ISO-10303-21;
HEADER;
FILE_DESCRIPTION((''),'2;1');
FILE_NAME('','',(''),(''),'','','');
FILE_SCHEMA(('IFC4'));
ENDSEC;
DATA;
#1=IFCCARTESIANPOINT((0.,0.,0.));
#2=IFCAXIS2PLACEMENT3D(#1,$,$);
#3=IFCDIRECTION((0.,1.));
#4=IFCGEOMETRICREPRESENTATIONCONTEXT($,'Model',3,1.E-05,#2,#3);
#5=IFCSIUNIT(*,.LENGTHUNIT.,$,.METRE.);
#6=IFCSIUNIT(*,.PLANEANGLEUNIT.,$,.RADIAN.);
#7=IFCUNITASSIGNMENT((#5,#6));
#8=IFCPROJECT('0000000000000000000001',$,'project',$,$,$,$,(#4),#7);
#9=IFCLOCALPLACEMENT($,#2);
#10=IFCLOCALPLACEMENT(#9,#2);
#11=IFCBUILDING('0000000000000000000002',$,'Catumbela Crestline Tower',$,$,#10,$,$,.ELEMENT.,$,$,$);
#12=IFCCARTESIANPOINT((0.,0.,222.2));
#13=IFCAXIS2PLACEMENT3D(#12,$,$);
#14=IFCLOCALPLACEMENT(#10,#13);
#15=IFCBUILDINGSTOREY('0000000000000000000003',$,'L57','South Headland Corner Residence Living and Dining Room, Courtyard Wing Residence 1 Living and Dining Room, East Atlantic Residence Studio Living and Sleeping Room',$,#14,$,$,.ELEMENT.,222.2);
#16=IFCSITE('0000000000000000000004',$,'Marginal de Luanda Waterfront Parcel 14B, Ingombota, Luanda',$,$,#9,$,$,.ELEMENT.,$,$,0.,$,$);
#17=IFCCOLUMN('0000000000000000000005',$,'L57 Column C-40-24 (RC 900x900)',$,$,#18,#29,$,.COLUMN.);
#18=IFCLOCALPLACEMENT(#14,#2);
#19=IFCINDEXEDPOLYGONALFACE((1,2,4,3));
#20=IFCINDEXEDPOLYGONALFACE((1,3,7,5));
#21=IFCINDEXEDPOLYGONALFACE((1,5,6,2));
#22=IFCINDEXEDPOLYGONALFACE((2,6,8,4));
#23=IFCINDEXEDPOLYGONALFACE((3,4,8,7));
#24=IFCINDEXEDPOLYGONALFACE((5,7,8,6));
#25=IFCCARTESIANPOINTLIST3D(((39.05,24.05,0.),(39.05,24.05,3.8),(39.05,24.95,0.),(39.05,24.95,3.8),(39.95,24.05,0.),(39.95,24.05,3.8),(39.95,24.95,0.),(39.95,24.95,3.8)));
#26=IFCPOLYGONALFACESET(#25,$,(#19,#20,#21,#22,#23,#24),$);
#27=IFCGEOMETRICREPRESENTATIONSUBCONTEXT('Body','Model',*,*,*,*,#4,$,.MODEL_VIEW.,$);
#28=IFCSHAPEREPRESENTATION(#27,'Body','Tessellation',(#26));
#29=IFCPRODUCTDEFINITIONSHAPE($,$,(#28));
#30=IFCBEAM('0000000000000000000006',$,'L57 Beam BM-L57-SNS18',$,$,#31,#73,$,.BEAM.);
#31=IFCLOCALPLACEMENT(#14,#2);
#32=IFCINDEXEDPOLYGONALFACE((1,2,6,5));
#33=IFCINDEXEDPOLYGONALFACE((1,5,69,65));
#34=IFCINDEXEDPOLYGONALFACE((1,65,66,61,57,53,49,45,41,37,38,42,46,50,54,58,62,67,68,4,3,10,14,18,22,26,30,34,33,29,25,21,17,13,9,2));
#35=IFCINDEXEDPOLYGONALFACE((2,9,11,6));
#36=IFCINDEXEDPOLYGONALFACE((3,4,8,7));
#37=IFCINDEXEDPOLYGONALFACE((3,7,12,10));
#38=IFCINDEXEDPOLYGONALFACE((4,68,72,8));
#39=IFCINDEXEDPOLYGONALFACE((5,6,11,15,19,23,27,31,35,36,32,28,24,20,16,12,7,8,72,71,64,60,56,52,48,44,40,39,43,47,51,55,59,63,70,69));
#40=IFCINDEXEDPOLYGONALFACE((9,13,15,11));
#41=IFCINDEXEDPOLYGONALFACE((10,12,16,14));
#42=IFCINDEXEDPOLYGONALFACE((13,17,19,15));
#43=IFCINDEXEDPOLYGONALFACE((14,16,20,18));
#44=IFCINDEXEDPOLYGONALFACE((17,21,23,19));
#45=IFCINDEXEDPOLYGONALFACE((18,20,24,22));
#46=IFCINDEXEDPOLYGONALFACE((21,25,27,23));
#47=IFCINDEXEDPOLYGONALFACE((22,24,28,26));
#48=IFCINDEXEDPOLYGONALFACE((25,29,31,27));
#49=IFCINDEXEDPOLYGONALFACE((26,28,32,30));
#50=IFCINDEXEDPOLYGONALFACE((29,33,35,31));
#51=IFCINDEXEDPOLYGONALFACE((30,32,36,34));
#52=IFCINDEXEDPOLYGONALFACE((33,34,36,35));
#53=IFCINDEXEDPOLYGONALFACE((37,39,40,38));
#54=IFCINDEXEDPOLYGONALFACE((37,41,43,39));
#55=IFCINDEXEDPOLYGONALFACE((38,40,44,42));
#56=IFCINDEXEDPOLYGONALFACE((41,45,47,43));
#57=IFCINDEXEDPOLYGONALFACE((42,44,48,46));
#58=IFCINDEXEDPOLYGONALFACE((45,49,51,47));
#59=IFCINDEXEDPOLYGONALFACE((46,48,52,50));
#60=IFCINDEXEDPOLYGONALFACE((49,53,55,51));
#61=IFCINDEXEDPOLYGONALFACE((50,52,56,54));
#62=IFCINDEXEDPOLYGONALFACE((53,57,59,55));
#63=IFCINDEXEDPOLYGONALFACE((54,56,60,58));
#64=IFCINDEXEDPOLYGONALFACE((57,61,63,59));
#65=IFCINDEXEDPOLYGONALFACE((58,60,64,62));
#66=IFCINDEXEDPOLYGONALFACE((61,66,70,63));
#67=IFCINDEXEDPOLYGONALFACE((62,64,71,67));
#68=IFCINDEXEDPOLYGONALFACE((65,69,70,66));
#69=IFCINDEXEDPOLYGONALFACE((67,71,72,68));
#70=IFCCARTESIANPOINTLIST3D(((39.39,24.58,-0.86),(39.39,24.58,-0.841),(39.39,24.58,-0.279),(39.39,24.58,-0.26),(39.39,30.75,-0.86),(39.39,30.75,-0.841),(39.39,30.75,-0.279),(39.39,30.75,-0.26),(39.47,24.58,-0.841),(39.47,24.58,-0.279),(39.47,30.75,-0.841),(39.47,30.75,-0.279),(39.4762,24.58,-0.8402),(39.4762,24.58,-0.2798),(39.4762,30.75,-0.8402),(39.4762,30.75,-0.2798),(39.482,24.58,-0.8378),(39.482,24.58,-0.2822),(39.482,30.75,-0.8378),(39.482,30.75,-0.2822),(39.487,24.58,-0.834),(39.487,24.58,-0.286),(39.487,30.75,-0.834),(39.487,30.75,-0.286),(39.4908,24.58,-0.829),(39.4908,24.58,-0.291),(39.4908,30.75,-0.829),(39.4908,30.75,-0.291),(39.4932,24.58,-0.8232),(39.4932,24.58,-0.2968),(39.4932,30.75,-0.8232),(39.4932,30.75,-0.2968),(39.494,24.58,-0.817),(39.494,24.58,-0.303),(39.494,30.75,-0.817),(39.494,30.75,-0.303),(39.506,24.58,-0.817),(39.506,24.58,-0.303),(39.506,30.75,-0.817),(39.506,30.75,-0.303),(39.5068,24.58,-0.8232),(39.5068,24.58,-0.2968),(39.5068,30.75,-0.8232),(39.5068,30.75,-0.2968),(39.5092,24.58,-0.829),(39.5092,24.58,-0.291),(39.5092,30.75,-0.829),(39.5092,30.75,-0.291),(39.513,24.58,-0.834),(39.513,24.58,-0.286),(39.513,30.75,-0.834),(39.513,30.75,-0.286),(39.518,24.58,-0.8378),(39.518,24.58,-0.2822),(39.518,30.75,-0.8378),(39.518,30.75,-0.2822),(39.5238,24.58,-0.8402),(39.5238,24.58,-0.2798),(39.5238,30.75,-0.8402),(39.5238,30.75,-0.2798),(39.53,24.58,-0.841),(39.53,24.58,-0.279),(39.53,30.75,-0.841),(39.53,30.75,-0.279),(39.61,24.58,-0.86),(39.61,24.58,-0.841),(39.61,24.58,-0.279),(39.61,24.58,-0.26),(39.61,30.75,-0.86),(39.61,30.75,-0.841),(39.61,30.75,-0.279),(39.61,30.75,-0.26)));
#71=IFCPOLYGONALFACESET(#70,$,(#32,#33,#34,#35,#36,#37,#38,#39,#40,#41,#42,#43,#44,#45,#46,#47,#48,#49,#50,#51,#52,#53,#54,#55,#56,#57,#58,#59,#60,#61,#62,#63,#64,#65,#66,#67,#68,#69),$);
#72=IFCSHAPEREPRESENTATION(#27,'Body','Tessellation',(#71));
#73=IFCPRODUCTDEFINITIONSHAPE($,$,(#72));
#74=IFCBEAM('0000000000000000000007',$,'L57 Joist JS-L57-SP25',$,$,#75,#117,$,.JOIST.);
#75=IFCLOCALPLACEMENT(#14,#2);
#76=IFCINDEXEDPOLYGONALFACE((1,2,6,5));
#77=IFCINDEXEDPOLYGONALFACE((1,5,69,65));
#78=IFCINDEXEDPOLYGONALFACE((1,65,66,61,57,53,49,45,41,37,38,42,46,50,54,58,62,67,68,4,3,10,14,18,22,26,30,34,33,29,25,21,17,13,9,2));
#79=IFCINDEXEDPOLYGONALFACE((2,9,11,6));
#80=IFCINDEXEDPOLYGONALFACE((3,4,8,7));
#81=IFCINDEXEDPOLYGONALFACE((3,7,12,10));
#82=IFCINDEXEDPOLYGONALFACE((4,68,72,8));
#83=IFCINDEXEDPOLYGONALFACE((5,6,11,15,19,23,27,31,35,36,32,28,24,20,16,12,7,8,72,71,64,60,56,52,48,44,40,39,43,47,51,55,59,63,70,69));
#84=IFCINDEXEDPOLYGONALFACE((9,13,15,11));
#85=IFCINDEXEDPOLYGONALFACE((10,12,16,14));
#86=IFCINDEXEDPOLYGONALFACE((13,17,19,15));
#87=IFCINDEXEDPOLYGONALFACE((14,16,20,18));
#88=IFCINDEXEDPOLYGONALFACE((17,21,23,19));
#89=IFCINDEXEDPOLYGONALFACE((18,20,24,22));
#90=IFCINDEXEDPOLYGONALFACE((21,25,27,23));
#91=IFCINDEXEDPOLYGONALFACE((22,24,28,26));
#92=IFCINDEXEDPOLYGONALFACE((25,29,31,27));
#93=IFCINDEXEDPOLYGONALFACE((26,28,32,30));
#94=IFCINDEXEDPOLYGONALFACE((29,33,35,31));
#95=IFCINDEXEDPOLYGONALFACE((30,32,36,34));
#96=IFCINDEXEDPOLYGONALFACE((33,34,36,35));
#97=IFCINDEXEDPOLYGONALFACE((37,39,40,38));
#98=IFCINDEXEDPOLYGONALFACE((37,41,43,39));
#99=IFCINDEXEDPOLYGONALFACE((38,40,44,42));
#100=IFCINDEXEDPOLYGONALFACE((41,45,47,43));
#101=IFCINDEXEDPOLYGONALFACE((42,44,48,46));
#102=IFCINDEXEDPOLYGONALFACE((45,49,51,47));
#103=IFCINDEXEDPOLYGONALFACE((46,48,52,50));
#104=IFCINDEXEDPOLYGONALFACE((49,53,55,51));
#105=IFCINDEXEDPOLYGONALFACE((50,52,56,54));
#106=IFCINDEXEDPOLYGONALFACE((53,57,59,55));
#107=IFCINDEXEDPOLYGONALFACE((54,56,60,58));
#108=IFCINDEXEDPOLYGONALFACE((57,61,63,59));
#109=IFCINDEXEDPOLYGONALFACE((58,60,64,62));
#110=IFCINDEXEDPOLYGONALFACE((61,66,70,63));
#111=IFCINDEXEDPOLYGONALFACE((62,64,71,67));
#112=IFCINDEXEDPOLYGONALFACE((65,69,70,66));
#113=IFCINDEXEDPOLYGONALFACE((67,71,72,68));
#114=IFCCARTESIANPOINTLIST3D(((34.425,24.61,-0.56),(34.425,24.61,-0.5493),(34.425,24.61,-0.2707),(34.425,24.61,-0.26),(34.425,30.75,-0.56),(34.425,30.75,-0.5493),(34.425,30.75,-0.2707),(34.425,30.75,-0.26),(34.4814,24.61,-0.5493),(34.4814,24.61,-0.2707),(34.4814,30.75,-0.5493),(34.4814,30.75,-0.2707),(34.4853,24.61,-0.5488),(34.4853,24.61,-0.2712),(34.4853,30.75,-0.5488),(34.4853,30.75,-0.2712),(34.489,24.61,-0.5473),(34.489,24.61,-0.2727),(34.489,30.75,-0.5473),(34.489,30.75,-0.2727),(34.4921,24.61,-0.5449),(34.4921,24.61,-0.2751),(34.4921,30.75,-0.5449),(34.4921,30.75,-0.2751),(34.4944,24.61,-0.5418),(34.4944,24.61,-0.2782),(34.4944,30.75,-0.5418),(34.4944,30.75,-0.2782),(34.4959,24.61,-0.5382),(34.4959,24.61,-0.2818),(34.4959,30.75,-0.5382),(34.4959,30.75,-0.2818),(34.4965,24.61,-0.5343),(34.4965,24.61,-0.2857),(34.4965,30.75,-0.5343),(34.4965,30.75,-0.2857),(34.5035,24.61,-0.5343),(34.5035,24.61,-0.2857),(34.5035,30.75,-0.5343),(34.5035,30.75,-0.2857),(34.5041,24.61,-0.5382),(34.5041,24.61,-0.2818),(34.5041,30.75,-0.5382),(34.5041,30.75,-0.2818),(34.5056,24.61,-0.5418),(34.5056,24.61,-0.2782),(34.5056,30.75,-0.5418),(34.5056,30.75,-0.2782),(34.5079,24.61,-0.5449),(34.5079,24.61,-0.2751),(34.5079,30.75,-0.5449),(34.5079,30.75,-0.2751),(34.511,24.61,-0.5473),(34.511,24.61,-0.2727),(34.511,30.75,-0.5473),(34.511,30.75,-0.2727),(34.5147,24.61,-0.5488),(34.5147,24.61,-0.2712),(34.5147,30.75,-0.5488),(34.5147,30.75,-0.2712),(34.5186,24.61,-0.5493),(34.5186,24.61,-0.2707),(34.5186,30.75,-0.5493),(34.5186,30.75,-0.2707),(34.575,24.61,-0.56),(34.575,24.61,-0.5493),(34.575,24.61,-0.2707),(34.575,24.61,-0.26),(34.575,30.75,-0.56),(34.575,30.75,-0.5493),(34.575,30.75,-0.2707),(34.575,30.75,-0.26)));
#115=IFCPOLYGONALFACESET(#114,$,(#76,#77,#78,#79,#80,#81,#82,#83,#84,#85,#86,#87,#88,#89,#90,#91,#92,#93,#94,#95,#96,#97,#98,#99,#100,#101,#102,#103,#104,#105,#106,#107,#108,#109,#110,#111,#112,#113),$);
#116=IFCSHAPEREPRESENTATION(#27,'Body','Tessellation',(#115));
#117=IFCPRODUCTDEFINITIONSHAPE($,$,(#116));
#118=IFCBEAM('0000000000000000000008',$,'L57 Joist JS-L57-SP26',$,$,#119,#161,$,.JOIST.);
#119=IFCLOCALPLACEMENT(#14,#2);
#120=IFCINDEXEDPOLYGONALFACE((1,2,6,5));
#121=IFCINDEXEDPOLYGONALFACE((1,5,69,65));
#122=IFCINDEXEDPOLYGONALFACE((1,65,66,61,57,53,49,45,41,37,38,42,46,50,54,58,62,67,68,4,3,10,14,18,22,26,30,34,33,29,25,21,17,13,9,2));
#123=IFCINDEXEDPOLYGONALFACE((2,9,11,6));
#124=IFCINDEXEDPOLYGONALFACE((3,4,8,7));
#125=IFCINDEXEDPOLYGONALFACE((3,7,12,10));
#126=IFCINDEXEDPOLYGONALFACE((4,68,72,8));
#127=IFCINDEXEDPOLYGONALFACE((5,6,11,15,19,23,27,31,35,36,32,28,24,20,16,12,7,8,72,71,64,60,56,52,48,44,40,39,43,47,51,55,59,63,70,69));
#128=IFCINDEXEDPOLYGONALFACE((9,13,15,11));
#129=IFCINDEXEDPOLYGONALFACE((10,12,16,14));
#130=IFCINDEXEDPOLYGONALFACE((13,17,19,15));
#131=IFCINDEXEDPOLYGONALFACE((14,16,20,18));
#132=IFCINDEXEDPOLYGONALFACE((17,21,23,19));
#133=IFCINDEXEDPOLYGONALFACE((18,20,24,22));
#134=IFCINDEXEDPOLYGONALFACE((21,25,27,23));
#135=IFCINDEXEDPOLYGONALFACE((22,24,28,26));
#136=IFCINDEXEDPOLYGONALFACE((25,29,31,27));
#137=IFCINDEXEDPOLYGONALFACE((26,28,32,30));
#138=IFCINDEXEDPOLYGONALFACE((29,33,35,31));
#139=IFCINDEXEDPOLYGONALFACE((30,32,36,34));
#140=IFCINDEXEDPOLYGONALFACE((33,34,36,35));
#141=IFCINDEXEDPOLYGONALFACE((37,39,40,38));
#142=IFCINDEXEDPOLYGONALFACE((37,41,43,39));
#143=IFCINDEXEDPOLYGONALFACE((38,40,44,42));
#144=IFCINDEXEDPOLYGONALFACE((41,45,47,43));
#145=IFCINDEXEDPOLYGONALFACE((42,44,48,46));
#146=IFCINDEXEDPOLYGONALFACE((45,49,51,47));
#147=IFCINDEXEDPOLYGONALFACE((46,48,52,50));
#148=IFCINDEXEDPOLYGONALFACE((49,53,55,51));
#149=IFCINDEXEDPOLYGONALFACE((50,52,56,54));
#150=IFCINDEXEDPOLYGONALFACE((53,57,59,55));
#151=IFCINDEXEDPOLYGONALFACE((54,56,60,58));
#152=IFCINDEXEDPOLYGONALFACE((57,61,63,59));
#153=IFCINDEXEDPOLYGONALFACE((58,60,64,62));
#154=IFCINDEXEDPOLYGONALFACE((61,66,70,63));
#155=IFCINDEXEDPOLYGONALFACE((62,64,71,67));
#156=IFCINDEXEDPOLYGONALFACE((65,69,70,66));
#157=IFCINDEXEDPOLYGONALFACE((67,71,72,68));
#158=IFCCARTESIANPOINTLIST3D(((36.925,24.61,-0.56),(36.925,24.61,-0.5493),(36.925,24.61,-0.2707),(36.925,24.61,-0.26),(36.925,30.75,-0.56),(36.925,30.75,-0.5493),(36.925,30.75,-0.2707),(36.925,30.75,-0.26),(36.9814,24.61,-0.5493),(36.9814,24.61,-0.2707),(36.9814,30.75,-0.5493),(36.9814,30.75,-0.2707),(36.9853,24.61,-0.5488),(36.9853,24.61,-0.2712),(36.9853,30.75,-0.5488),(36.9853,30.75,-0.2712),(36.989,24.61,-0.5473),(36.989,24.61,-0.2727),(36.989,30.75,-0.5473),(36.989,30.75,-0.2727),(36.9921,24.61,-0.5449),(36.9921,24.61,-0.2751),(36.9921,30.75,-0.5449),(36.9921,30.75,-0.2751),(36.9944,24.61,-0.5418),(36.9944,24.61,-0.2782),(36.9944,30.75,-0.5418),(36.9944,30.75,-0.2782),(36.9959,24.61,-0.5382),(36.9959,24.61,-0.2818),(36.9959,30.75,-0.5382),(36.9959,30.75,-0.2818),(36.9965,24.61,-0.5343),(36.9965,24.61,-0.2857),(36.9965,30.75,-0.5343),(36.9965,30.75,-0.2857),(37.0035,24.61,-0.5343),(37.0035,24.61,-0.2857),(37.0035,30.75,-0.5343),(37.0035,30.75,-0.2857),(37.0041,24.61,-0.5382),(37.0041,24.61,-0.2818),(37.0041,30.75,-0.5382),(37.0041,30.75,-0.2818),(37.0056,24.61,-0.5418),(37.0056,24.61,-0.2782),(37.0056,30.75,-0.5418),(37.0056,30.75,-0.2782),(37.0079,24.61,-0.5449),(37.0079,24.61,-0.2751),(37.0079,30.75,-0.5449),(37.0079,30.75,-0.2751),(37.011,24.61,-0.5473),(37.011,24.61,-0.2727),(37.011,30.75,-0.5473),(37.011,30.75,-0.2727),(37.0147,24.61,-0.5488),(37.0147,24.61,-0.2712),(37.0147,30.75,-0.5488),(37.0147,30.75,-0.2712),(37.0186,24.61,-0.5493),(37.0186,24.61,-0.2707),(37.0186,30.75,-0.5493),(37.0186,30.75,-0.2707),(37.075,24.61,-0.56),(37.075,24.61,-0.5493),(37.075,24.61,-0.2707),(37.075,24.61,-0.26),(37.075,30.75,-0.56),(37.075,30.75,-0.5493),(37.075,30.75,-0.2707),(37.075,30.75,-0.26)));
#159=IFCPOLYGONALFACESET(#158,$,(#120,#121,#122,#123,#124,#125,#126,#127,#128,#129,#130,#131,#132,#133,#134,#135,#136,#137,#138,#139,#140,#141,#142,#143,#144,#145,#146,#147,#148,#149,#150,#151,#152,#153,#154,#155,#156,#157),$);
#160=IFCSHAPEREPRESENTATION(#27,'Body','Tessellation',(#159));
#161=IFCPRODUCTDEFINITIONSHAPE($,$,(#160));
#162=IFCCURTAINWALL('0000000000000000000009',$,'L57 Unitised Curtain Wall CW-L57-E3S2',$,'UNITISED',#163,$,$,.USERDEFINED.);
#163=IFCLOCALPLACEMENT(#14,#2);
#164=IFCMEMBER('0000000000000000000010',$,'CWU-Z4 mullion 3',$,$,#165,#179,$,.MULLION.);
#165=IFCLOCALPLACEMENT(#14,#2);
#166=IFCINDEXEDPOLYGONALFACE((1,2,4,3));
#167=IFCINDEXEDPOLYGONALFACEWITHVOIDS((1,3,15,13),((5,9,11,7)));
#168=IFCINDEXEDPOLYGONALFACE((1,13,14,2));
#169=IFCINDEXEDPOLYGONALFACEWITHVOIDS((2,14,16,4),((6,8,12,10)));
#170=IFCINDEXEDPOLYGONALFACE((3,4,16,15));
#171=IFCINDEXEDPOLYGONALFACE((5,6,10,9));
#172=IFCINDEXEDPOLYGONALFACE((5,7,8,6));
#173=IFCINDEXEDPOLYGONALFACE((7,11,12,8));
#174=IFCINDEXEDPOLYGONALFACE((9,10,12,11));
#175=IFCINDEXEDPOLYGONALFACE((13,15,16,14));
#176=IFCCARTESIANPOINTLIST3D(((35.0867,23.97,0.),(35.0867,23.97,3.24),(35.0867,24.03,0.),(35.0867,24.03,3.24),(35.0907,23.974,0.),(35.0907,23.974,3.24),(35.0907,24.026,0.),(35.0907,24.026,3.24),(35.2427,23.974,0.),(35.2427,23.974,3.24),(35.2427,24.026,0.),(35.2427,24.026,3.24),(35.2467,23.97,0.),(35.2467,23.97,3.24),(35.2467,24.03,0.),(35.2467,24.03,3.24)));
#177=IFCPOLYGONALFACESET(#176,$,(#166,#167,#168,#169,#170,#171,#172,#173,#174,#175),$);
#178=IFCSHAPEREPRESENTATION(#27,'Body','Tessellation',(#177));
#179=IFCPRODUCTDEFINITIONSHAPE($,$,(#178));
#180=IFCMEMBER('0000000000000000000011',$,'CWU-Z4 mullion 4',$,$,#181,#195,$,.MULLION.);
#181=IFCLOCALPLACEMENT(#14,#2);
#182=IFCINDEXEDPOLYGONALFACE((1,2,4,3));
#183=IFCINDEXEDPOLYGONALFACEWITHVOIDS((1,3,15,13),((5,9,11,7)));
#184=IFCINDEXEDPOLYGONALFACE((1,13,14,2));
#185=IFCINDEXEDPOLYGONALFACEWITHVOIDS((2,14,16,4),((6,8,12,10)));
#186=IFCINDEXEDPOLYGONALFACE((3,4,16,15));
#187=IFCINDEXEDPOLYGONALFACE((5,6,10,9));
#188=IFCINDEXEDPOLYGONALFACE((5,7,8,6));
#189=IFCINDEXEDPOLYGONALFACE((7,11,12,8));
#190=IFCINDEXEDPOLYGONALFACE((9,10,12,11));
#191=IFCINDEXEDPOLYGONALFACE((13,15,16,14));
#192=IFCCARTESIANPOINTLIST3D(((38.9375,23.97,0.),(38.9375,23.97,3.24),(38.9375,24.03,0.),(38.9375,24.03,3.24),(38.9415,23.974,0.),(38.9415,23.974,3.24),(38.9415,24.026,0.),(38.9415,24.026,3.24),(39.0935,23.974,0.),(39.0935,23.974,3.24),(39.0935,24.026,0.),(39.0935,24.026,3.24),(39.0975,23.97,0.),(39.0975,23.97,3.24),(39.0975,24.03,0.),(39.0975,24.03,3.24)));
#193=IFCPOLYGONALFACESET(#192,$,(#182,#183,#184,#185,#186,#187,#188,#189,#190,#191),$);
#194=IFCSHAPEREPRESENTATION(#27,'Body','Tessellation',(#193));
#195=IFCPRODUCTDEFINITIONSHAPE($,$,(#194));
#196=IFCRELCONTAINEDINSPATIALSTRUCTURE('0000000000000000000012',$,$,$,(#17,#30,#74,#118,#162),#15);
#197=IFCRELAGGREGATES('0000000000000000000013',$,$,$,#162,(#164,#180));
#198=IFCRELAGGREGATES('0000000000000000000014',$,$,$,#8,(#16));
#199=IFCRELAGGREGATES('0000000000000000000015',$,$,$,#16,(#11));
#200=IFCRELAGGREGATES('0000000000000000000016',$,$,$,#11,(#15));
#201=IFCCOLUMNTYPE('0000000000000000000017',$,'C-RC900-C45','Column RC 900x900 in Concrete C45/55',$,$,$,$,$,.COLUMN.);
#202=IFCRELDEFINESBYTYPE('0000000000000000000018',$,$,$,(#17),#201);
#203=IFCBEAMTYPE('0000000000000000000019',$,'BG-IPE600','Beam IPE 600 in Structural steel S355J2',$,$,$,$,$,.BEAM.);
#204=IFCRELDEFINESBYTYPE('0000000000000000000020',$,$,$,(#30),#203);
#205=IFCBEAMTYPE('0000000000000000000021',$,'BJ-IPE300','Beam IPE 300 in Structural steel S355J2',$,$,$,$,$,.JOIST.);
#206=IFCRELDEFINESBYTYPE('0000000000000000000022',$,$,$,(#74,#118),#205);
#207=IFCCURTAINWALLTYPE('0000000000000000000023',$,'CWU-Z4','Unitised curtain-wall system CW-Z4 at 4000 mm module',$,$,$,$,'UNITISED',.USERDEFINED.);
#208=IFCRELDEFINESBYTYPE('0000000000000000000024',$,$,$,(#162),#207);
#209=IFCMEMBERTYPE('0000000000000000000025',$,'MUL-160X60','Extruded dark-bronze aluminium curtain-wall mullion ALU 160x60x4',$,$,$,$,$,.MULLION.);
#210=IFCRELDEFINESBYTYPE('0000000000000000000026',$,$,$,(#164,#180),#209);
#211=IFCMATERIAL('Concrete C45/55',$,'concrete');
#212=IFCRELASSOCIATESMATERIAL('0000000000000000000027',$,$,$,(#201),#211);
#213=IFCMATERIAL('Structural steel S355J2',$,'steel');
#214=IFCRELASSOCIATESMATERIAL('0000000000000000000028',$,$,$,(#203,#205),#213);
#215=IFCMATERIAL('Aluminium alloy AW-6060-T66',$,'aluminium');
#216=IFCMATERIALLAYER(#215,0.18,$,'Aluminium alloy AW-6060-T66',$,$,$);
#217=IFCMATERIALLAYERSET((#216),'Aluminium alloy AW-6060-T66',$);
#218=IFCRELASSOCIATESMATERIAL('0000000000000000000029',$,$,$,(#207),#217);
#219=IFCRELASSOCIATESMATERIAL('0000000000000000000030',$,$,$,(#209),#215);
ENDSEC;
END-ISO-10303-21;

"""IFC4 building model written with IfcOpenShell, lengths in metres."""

from ifc_helpers import new_model, si_unit, direction, frame, origin, origin_2d, place, context, subcontext, project, spatial, rectangle, hollow_rectangle, i_section, extrude, material, layer, layer_set, material_profile, profile_set, type_object, element, aggregate, save


model = new_model("IFC4")

# Units and contexts
model_context = context("Model", 3, precision=1e-05, world=origin(), true_north=direction((0.0, 1.0)))
body_context = subcontext(model_context, "Body", "Model", "MODEL_VIEW")
ifc_project = project(units=[si_unit("LENGTHUNIT", "METRE"), si_unit("PLANEANGLEUNIT", "RADIAN")], contexts=[model_context])

# Site, building, storey
site_placement = place(None, origin())
site = spatial("IfcSite", under=ifc_project, at=site_placement, Name="Marginal de Luanda Waterfront Parcel 14B, Ingombota, Luanda", CompositionType="ELEMENT", RefElevation=0.0)
building_placement = place(site_placement, origin())
building = spatial("IfcBuilding", under=site, at=building_placement, Name="Catumbela Crestline Tower", CompositionType="ELEMENT")
storey_placement = place(building_placement, frame((0.0, 0.0, 222.2)))
storey = spatial("IfcBuildingStorey", under=building, at=storey_placement, Name="L57", Description="South Headland Corner Residence Living and Dining Room, Courtyard Wing Residence 1 Living and Dining Room, East Atlantic Residence Studio Living and Sleeping Room", CompositionType="ELEMENT", Elevation=222.2)

# Column
ifc_material_1 = material(Name="Concrete C45/55", Category="concrete")
ifc_material_profile_1 = material_profile(ifc_material_1, rectangle(XDim=0.9, YDim=0.9, at=origin_2d()), Name="RC 900x900")
ifc_profile_set_1 = profile_set([ifc_material_profile_1], Name="Concrete C45/55")
column_type = type_object("IfcColumnType", Name="C-RC900-C45", Description="Column RC 900x900 in Concrete C45/55", PredefinedType="COLUMN", material=ifc_profile_set_1)
column_placement = place(storey_placement, frame((39.5, 24.5, 0.0), z_axis=(0.0, 0.0, 1.0), x_axis=(1.0, 0.0, 0.0)))
element("IfcColumn", 1, at=column_placement, inside=storey, type_object=column_type, Name="L57 Column C-40-24 (RC 900x900)", PredefinedType="COLUMN", context=body_context, shape_type="SweptSolid", body=[
    extrude(rectangle(XDim=0.9, YDim=0.9, at=origin_2d()), origin(), (0.0, 0.0, 1.0), 3.8),
])

# Beams
ifc_material_2 = material(Name="Structural steel S355J2", Category="steel")
ifc_material_profile_2 = material_profile(ifc_material_2, i_section(OverallWidth=0.22, OverallDepth=0.6, WebThickness=0.012, FlangeThickness=0.019, FilletRadius=0.024, at=origin_2d()), Name="IPE 600")
ifc_profile_set_2 = profile_set([ifc_material_profile_2], Name="Structural steel S355J2")
beam_type_1 = type_object("IfcBeamType", Name="BG-IPE600", Description="Beam IPE 600 in Structural steel S355J2", PredefinedType="BEAM", material=ifc_profile_set_2)
beam_placement = place(storey_placement, frame((39.5, 24.58, -0.56), z_axis=(0.0, 1.0, 0.0), x_axis=(-1.0, 0.0, 0.0)))
element("IfcBeam", 2, at=beam_placement, inside=storey, type_object=beam_type_1, Name="L57 Beam BM-L57-SNS18", PredefinedType="BEAM", context=body_context, shape_type="SweptSolid", body=[
    extrude(i_section(OverallWidth=0.22, OverallDepth=0.6, WebThickness=0.012, FlangeThickness=0.019, FilletRadius=0.024, at=origin_2d()), origin(), (0.0, 0.0, 1.0), 6.17),
])
ifc_material_profile_3 = material_profile(ifc_material_2, i_section(OverallWidth=0.15, OverallDepth=0.3, WebThickness=0.0071, FlangeThickness=0.0107, FilletRadius=0.015, at=origin_2d()), Name="IPE 300")
ifc_profile_set_3 = profile_set([ifc_material_profile_3], Name="Structural steel S355J2")
beam_type_2 = type_object("IfcBeamType", Name="BJ-IPE300", Description="Beam IPE 300 in Structural steel S355J2", PredefinedType="JOIST", material=ifc_profile_set_3)
for number, where, z_axis, x_axis, name in (
    (3, (34.5, 24.61, -0.41), (0.0, 1.0, 0.0), (-1.0, 0.0, 0.0), "L57 Joist JS-L57-SP25"),
    (4, (37.0, 24.61, -0.41), (0.0, 1.0, 0.0), (-1.0, 0.0, 0.0), "L57 Joist JS-L57-SP26"),
):
    element("IfcBeam", number, at=place(storey_placement, frame(where, z_axis=z_axis, x_axis=x_axis)), inside=storey, type_object=beam_type_2, Name=name, PredefinedType="JOIST", context=body_context, shape_type="SweptSolid", body=[
        extrude(i_section(OverallWidth=0.15, OverallDepth=0.3, WebThickness=0.0071, FlangeThickness=0.0107, FilletRadius=0.015, at=origin_2d()), origin(), (0.0, 0.0, 1.0), 6.14),
    ])

# Curtain wall, members
ifc_material_3 = material(Name="Aluminium alloy AW-6060-T66", Category="aluminium")
ifc_layer_1 = layer(ifc_material_3, 0.18, Name="Aluminium alloy AW-6060-T66")
ifc_layer_set_1 = layer_set([ifc_layer_1], Name="Aluminium alloy AW-6060-T66")
curtain_wall_type = type_object("IfcCurtainWallType", Name="CWU-Z4", Description="Unitised curtain-wall system CW-Z4 at 4000 mm module", ElementType="UNITISED", PredefinedType="USERDEFINED", material=ifc_layer_set_1)
curtain_wall_placement = place(storey_placement, origin())
curtain_wall = element("IfcCurtainWall", 5, at=curtain_wall_placement, inside=storey, type_object=curtain_wall_type, Name="L57 Unitised Curtain Wall CW-L57-E3S2", ObjectType="UNITISED", PredefinedType="USERDEFINED")
ifc_material_profile_4 = material_profile(ifc_material_3, hollow_rectangle(XDim=0.06, YDim=0.16, WallThickness=0.004, at=origin_2d()), Name="ALU 160x60x4")
ifc_profile_set_4 = profile_set([ifc_material_profile_4], Name="Aluminium alloy AW-6060-T66")
member_type_1 = type_object("IfcMemberType", Name="MUL-160X60", Description="Extruded dark-bronze aluminium curtain-wall mullion ALU 160x60x4", PredefinedType="MULLION", material=ifc_profile_set_4)
member_1_placement = place(storey_placement, frame((35.1667, 24.0, 0.0), z_axis=(0.0, 0.0, 1.0), x_axis=(0.0, 1.0, 0.0)))
member_1 = element("IfcMember", 6, at=member_1_placement, type_object=member_type_1, Name="CWU-Z4 mullion 3", PredefinedType="MULLION", context=body_context, shape_type="SweptSolid", body=[
    extrude(hollow_rectangle(XDim=0.06, YDim=0.16, WallThickness=0.004, at=origin_2d()), origin(), (0.0, 0.0, 1.0), 3.24),
])
member_2_placement = place(storey_placement, frame((39.0175, 24.0, 0.0), z_axis=(0.0, 0.0, 1.0), x_axis=(0.0, 1.0, 0.0)))
member_2 = element("IfcMember", 7, at=member_2_placement, type_object=member_type_1, Name="CWU-Z4 mullion 4", PredefinedType="MULLION", context=body_context, shape_type="SweptSolid", body=[
    extrude(hollow_rectangle(XDim=0.06, YDim=0.16, WallThickness=0.004, at=origin_2d()), origin(), (0.0, 0.0, 1.0), 3.24),
])
aggregate(curtain_wall, [member_1, member_2])

save(model, "model.ifc")
